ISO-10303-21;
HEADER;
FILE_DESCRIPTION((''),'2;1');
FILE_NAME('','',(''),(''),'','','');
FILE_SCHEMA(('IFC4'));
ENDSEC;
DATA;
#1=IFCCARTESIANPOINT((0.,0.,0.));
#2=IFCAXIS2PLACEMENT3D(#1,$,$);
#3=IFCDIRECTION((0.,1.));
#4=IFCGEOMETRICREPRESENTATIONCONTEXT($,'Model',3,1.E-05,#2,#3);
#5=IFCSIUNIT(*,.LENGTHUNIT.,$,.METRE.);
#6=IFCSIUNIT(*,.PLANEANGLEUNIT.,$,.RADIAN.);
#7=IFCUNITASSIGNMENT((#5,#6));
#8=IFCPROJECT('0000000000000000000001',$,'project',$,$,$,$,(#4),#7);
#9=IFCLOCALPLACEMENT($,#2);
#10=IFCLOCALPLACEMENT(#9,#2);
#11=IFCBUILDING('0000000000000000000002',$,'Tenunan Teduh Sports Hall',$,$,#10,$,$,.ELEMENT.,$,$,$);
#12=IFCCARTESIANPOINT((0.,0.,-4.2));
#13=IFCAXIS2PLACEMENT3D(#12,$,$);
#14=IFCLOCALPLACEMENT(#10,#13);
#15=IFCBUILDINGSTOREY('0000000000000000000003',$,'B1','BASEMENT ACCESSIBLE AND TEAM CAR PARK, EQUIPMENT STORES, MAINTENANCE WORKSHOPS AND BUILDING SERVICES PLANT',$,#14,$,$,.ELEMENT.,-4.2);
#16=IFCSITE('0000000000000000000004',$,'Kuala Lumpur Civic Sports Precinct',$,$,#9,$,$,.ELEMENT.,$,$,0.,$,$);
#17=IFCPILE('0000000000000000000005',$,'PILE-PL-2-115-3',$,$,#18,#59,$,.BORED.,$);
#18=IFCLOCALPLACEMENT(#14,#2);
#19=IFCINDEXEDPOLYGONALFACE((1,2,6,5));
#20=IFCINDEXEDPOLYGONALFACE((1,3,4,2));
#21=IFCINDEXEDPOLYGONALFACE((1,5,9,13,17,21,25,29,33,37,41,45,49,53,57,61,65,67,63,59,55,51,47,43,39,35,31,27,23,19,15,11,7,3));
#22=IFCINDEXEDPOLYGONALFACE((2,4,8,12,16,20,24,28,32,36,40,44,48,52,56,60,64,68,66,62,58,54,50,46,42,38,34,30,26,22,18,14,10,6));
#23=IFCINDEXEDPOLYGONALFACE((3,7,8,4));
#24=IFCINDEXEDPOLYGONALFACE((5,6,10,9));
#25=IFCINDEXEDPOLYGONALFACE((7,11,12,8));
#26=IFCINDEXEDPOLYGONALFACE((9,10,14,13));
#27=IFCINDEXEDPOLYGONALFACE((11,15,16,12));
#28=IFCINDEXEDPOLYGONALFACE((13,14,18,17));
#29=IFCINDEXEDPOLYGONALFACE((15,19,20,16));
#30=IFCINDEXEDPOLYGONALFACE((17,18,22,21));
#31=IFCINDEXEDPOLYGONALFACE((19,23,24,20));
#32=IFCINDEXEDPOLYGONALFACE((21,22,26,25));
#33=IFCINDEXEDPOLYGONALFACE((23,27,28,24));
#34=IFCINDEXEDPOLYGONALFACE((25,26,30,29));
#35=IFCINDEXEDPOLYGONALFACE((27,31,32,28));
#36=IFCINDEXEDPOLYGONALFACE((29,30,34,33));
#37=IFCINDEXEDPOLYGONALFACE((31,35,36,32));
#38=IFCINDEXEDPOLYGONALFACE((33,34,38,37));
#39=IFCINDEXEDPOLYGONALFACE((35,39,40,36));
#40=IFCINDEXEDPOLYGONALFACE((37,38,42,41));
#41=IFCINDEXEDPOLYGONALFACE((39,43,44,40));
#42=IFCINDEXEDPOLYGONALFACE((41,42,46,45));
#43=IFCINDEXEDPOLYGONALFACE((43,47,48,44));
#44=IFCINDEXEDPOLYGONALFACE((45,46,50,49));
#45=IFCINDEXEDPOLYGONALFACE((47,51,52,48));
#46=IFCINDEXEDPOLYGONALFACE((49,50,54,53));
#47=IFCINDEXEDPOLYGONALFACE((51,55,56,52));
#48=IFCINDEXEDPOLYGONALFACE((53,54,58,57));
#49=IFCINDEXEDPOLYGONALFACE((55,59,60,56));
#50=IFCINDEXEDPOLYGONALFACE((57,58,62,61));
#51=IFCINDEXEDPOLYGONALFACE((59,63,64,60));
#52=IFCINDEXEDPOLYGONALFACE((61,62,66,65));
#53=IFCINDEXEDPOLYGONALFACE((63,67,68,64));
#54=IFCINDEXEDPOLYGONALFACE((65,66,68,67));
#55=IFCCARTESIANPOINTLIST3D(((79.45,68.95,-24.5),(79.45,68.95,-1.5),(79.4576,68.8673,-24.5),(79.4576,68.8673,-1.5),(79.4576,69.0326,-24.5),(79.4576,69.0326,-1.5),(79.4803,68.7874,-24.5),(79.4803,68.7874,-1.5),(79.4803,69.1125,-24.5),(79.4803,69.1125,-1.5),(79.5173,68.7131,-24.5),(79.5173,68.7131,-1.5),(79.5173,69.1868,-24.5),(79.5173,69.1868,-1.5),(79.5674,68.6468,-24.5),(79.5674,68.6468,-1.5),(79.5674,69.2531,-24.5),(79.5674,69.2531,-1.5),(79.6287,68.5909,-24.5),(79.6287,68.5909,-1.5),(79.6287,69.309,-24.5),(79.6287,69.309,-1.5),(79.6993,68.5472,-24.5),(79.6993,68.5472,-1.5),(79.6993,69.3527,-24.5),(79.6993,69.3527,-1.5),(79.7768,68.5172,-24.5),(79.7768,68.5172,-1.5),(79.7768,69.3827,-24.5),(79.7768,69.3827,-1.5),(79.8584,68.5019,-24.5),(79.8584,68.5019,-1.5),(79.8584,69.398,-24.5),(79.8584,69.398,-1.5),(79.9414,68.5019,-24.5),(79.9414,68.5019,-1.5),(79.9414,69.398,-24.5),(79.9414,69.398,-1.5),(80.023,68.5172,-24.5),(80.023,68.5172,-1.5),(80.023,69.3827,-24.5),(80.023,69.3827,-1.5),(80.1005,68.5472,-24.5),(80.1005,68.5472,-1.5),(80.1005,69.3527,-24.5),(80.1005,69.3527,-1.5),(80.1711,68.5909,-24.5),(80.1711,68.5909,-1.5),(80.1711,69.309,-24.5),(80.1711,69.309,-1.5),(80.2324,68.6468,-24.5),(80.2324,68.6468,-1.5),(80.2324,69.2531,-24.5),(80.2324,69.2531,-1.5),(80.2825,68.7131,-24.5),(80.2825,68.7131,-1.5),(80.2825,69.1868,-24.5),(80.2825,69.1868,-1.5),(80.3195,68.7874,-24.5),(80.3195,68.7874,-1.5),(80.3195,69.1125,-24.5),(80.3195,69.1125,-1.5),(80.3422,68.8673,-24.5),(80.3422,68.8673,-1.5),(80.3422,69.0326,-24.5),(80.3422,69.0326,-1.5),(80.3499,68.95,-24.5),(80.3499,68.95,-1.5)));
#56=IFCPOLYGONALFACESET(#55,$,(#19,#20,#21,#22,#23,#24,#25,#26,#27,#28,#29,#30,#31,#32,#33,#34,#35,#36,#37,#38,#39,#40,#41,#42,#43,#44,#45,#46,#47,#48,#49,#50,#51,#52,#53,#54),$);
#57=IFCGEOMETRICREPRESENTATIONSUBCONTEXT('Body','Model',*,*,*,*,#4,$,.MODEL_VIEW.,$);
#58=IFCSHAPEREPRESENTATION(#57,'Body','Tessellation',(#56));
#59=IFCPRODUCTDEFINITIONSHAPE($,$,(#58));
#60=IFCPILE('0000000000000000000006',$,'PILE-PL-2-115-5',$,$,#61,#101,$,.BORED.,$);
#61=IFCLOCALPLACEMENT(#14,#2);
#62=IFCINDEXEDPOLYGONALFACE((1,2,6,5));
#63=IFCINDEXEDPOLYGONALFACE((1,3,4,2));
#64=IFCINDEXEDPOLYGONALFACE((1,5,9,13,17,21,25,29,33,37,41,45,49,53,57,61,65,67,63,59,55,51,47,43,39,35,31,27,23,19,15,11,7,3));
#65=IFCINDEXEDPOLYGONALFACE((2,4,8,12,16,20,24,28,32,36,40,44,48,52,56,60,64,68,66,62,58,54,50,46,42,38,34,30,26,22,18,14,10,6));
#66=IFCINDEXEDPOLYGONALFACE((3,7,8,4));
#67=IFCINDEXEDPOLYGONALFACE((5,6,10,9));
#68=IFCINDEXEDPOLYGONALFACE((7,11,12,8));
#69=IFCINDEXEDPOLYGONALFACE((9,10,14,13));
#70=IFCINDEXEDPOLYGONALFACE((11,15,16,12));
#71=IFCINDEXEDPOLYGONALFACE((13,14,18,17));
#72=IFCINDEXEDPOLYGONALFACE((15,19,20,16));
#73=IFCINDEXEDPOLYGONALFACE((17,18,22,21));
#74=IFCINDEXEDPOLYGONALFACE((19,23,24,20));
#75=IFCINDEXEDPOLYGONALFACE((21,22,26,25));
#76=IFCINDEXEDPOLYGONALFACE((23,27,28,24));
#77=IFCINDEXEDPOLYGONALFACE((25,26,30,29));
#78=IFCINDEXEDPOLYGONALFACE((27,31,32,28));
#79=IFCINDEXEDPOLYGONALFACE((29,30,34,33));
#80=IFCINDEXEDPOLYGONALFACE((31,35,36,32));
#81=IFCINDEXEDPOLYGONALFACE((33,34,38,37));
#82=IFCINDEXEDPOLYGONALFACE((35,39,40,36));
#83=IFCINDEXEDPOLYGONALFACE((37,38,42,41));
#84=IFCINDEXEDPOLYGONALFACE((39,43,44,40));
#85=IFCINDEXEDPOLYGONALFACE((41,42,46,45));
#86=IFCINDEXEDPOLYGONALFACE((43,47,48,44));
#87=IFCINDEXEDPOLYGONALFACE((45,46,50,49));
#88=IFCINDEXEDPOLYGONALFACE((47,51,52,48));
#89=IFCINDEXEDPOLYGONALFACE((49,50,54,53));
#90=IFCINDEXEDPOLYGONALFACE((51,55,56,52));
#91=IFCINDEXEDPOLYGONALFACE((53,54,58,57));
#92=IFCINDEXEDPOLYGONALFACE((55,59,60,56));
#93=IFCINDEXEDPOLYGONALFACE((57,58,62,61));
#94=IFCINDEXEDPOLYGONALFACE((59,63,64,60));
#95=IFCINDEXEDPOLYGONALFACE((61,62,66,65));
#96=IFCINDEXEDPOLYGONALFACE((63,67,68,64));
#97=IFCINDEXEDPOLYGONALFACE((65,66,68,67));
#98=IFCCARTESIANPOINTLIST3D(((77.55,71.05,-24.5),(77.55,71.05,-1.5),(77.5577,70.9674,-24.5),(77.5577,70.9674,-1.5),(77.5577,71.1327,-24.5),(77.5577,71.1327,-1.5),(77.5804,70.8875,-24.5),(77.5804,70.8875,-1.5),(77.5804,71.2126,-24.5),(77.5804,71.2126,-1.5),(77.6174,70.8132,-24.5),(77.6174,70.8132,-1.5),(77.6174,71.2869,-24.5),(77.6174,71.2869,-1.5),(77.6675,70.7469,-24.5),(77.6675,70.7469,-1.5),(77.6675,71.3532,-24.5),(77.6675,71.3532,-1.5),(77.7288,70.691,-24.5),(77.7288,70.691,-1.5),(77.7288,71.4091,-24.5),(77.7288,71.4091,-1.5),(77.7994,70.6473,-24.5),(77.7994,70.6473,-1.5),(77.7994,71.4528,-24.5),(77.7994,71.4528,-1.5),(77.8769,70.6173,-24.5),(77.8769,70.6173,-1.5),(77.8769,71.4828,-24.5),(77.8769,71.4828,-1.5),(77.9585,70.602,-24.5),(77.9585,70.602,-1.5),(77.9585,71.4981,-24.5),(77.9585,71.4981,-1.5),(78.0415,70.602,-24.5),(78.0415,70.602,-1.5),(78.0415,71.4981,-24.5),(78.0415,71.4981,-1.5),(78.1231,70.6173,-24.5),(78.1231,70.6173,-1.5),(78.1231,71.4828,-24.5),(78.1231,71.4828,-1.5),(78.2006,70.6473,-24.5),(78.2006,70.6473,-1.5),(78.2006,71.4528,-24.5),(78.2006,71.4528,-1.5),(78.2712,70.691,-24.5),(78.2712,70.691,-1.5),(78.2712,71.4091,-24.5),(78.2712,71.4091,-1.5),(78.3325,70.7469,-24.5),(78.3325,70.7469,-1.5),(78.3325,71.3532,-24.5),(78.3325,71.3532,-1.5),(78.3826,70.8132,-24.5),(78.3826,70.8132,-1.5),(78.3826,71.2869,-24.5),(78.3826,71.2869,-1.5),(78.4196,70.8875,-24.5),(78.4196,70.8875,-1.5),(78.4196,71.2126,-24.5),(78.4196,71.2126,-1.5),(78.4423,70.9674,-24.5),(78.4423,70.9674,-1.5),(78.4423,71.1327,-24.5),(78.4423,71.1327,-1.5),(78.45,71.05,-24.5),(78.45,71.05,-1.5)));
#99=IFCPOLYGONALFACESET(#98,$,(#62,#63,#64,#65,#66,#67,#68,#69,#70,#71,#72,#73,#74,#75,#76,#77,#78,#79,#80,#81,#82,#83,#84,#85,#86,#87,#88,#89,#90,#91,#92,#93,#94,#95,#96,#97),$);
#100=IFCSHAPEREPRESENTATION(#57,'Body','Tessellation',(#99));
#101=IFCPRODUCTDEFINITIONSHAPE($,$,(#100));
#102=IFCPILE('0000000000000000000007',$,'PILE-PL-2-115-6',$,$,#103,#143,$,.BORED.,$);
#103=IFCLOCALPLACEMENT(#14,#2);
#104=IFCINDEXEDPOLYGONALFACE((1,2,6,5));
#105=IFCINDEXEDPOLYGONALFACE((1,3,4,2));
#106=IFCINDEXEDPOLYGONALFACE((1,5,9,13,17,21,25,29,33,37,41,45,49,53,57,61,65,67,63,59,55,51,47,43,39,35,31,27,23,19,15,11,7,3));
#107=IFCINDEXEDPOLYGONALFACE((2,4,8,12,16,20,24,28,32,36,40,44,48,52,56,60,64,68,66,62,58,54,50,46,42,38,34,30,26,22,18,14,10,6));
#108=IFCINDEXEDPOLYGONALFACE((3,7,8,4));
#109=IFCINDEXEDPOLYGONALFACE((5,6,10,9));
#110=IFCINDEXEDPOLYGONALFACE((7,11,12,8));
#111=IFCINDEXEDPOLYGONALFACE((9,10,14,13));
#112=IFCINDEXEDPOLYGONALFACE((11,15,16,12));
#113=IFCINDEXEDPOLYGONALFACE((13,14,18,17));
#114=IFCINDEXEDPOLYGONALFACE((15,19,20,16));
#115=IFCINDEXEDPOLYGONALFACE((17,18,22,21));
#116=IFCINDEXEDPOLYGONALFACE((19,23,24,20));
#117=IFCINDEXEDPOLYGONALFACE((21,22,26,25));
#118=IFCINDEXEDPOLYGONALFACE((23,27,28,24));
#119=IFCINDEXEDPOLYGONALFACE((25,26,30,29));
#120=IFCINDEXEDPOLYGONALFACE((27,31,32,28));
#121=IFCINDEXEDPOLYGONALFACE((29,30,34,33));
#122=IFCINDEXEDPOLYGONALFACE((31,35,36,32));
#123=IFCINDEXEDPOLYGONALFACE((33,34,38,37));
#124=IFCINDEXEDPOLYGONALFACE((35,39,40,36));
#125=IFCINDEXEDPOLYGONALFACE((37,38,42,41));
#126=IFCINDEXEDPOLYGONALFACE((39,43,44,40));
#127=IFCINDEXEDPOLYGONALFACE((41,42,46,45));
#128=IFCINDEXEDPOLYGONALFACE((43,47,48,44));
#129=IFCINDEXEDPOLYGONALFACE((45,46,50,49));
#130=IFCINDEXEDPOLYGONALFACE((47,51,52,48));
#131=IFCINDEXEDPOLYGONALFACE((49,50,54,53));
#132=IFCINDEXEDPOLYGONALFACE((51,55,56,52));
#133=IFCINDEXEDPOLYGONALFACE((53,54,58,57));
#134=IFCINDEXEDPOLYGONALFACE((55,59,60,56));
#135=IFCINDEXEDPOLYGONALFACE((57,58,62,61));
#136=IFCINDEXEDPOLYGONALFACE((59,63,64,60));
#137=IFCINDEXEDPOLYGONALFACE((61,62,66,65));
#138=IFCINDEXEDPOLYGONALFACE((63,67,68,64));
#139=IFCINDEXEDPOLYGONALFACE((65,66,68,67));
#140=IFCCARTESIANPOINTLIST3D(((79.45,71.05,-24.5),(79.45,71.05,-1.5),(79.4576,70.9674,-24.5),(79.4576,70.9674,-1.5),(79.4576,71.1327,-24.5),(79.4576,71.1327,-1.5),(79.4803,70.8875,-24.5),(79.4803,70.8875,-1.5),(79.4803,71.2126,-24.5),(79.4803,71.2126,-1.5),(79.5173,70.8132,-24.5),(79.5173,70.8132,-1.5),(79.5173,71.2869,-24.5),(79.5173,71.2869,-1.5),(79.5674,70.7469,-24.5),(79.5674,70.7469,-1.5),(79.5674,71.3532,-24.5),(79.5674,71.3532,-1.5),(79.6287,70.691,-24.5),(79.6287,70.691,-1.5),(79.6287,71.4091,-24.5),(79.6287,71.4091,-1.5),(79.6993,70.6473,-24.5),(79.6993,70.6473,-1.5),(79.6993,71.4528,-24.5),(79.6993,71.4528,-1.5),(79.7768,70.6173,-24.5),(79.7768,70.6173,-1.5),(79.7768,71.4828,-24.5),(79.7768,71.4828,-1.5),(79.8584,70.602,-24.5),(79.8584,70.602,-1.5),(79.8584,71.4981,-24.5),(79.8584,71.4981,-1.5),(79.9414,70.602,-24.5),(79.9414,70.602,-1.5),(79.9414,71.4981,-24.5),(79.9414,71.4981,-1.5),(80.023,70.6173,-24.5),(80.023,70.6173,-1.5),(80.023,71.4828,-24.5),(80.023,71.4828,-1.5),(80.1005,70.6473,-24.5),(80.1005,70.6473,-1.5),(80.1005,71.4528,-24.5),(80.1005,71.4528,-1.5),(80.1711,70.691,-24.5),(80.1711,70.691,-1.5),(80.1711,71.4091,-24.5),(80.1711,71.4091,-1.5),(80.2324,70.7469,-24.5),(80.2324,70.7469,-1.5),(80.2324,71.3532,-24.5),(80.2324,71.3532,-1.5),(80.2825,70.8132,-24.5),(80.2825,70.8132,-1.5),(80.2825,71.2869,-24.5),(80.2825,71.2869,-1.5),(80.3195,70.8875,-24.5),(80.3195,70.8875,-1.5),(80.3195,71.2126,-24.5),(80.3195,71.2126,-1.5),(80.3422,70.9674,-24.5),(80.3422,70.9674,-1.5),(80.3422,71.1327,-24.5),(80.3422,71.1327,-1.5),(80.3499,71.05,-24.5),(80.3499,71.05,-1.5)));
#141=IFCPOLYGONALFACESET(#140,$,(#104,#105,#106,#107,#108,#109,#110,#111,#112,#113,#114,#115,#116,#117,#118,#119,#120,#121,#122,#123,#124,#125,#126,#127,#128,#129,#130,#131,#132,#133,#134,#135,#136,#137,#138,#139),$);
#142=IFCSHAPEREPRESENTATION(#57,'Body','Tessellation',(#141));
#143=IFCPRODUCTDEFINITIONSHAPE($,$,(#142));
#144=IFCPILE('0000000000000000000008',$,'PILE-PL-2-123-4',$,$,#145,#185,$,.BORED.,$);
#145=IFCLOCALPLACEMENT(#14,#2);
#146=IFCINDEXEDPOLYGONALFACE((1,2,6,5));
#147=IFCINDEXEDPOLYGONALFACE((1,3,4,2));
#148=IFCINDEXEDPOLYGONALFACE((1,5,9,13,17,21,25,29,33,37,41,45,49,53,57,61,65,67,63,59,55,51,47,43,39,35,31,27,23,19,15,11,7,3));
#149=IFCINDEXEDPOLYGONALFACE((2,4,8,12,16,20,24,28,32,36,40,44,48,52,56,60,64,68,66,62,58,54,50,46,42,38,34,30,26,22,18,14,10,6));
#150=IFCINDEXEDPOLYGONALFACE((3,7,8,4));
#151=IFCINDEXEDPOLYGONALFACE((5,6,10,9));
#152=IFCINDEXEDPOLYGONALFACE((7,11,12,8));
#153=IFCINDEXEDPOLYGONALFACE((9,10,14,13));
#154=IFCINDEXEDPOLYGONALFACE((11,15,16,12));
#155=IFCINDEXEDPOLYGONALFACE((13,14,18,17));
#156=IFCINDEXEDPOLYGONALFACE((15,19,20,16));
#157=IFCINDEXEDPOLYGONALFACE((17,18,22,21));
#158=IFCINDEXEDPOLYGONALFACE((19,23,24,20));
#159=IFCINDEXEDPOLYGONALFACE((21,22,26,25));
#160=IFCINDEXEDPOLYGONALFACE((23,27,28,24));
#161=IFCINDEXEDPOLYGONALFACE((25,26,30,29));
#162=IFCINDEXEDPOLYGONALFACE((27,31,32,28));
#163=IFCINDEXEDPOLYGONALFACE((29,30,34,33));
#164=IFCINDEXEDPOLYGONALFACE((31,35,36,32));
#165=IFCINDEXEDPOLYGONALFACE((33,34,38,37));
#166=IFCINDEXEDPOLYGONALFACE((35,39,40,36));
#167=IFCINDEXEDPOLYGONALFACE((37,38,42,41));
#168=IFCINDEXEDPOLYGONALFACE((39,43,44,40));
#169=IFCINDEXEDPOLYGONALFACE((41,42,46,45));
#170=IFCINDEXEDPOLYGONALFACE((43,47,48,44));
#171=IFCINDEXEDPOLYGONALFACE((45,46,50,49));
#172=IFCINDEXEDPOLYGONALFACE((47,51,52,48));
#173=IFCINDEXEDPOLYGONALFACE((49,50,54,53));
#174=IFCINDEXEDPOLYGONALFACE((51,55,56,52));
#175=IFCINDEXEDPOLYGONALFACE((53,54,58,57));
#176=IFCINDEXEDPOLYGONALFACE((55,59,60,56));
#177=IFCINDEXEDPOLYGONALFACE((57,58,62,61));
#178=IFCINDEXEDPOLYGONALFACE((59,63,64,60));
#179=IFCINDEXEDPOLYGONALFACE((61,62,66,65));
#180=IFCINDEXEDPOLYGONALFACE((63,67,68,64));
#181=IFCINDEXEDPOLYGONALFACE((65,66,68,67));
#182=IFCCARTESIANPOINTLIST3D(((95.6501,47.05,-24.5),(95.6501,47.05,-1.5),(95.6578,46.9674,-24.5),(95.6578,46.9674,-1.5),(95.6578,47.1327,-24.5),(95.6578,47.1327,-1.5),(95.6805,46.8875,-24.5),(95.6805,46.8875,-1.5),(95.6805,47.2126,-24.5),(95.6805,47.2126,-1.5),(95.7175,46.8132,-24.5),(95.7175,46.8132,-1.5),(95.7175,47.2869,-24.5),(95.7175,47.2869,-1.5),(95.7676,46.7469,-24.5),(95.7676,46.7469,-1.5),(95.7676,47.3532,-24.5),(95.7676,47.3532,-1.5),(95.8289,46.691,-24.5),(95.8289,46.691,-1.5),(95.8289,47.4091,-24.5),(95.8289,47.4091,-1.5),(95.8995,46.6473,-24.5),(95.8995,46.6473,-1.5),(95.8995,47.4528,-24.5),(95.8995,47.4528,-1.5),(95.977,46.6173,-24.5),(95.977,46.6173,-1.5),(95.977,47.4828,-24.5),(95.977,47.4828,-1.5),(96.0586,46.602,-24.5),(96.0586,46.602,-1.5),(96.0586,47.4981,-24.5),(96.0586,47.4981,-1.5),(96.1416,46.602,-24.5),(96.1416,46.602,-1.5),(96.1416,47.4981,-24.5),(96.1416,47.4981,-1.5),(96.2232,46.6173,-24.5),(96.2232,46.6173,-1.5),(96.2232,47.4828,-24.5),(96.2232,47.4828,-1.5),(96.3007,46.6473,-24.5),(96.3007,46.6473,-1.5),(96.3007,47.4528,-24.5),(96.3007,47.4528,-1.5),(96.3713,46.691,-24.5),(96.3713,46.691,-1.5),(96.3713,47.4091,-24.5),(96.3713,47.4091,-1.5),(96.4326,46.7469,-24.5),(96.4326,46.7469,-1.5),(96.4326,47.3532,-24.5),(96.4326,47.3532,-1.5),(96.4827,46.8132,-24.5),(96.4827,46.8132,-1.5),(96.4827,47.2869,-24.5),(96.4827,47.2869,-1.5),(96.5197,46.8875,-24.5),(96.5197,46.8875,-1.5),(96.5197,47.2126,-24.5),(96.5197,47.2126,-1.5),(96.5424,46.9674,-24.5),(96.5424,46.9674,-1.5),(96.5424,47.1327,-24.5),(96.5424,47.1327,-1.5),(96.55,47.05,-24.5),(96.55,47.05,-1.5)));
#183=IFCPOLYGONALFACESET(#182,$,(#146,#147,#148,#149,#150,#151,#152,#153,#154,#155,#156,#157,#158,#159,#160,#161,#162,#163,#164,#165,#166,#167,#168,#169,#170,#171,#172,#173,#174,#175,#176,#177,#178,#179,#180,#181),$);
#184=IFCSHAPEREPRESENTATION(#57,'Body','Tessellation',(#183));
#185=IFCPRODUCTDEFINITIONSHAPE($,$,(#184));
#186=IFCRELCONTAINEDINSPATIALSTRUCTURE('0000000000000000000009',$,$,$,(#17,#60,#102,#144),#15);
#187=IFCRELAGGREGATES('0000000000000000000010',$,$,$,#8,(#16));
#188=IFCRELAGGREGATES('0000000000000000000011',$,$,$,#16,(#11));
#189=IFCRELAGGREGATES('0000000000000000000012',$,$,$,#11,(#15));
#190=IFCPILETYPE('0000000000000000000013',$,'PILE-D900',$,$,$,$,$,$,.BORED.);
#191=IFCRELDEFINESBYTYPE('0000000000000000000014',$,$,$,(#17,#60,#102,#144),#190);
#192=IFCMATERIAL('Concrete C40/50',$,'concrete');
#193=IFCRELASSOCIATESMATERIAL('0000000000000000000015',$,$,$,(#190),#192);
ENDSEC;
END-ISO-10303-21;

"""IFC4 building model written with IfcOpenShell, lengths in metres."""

from ifc_helpers import new_model, si_unit, direction, frame, origin, origin_2d, place, context, subcontext, project, spatial, circle, extrude, material, material_profile, profile_set, type_object, element, save


model = new_model("IFC4")

# Units and contexts
model_context = context("Model", 3, precision=1e-05, world=origin(), true_north=direction((0.0, 1.0)))
body_context = subcontext(model_context, "Body", "Model", "MODEL_VIEW")
ifc_project = project(units=[si_unit("LENGTHUNIT", "METRE"), si_unit("PLANEANGLEUNIT", "RADIAN")], contexts=[model_context])

# Site, building, storey
site_placement = place(None, origin())
site = spatial("IfcSite", under=ifc_project, at=site_placement, Name="Kuala Lumpur Civic Sports Precinct", CompositionType="ELEMENT", RefElevation=0.0)
building_placement = place(site_placement, origin())
building = spatial("IfcBuilding", under=site, at=building_placement, Name="Tenunan Teduh Sports Hall", CompositionType="ELEMENT")
storey_placement = place(building_placement, frame((0.0, 0.0, -4.2)))
storey = spatial("IfcBuildingStorey", under=building, at=storey_placement, Name="B1", Description="BASEMENT ACCESSIBLE AND TEAM CAR PARK, EQUIPMENT STORES, MAINTENANCE WORKSHOPS AND BUILDING SERVICES PLANT", CompositionType="ELEMENT", Elevation=-4.2)

# Piles
ifc_material_1 = material(Name="Concrete C40/50", Category="concrete")
ifc_material_profile_1 = material_profile(ifc_material_1, circle(Radius=0.45, at=origin_2d()), Name="PILE D900")
ifc_profile_set_1 = profile_set([ifc_material_profile_1], Name="Concrete C40/50")
pile_type = type_object("IfcPileType", Name="PILE-D900", PredefinedType="BORED", material=ifc_profile_set_1)
for number, where, z_axis, x_axis, name in (
    (1, (79.8999, 68.95, -1.5), (0.0, 0.0, -1.0), (1.0, 0.0, 0.0), "PILE-PL-2-115-3"),
    (2, (78.0, 71.05, -1.5), (0.0, 0.0, -1.0), (1.0, 0.0, 0.0), "PILE-PL-2-115-5"),
    (3, (79.8999, 71.05, -1.5), (0.0, 0.0, -1.0), (1.0, 0.0, 0.0), "PILE-PL-2-115-6"),
    (4, (96.1001, 47.05, -1.5), (0.0, 0.0, -1.0), (1.0, 0.0, 0.0), "PILE-PL-2-123-4"),
):
    element("IfcPile", number, at=place(storey_placement, frame(where, z_axis=z_axis, x_axis=x_axis)), inside=storey, type_object=pile_type, Name=name, PredefinedType="BORED", context=body_context, shape_type="SweptSolid", body=[
        extrude(circle(Radius=0.45, at=origin_2d()), origin(), (0.0, 0.0, 1.0), 23.0),
    ])

save(model, "model.ifc")
